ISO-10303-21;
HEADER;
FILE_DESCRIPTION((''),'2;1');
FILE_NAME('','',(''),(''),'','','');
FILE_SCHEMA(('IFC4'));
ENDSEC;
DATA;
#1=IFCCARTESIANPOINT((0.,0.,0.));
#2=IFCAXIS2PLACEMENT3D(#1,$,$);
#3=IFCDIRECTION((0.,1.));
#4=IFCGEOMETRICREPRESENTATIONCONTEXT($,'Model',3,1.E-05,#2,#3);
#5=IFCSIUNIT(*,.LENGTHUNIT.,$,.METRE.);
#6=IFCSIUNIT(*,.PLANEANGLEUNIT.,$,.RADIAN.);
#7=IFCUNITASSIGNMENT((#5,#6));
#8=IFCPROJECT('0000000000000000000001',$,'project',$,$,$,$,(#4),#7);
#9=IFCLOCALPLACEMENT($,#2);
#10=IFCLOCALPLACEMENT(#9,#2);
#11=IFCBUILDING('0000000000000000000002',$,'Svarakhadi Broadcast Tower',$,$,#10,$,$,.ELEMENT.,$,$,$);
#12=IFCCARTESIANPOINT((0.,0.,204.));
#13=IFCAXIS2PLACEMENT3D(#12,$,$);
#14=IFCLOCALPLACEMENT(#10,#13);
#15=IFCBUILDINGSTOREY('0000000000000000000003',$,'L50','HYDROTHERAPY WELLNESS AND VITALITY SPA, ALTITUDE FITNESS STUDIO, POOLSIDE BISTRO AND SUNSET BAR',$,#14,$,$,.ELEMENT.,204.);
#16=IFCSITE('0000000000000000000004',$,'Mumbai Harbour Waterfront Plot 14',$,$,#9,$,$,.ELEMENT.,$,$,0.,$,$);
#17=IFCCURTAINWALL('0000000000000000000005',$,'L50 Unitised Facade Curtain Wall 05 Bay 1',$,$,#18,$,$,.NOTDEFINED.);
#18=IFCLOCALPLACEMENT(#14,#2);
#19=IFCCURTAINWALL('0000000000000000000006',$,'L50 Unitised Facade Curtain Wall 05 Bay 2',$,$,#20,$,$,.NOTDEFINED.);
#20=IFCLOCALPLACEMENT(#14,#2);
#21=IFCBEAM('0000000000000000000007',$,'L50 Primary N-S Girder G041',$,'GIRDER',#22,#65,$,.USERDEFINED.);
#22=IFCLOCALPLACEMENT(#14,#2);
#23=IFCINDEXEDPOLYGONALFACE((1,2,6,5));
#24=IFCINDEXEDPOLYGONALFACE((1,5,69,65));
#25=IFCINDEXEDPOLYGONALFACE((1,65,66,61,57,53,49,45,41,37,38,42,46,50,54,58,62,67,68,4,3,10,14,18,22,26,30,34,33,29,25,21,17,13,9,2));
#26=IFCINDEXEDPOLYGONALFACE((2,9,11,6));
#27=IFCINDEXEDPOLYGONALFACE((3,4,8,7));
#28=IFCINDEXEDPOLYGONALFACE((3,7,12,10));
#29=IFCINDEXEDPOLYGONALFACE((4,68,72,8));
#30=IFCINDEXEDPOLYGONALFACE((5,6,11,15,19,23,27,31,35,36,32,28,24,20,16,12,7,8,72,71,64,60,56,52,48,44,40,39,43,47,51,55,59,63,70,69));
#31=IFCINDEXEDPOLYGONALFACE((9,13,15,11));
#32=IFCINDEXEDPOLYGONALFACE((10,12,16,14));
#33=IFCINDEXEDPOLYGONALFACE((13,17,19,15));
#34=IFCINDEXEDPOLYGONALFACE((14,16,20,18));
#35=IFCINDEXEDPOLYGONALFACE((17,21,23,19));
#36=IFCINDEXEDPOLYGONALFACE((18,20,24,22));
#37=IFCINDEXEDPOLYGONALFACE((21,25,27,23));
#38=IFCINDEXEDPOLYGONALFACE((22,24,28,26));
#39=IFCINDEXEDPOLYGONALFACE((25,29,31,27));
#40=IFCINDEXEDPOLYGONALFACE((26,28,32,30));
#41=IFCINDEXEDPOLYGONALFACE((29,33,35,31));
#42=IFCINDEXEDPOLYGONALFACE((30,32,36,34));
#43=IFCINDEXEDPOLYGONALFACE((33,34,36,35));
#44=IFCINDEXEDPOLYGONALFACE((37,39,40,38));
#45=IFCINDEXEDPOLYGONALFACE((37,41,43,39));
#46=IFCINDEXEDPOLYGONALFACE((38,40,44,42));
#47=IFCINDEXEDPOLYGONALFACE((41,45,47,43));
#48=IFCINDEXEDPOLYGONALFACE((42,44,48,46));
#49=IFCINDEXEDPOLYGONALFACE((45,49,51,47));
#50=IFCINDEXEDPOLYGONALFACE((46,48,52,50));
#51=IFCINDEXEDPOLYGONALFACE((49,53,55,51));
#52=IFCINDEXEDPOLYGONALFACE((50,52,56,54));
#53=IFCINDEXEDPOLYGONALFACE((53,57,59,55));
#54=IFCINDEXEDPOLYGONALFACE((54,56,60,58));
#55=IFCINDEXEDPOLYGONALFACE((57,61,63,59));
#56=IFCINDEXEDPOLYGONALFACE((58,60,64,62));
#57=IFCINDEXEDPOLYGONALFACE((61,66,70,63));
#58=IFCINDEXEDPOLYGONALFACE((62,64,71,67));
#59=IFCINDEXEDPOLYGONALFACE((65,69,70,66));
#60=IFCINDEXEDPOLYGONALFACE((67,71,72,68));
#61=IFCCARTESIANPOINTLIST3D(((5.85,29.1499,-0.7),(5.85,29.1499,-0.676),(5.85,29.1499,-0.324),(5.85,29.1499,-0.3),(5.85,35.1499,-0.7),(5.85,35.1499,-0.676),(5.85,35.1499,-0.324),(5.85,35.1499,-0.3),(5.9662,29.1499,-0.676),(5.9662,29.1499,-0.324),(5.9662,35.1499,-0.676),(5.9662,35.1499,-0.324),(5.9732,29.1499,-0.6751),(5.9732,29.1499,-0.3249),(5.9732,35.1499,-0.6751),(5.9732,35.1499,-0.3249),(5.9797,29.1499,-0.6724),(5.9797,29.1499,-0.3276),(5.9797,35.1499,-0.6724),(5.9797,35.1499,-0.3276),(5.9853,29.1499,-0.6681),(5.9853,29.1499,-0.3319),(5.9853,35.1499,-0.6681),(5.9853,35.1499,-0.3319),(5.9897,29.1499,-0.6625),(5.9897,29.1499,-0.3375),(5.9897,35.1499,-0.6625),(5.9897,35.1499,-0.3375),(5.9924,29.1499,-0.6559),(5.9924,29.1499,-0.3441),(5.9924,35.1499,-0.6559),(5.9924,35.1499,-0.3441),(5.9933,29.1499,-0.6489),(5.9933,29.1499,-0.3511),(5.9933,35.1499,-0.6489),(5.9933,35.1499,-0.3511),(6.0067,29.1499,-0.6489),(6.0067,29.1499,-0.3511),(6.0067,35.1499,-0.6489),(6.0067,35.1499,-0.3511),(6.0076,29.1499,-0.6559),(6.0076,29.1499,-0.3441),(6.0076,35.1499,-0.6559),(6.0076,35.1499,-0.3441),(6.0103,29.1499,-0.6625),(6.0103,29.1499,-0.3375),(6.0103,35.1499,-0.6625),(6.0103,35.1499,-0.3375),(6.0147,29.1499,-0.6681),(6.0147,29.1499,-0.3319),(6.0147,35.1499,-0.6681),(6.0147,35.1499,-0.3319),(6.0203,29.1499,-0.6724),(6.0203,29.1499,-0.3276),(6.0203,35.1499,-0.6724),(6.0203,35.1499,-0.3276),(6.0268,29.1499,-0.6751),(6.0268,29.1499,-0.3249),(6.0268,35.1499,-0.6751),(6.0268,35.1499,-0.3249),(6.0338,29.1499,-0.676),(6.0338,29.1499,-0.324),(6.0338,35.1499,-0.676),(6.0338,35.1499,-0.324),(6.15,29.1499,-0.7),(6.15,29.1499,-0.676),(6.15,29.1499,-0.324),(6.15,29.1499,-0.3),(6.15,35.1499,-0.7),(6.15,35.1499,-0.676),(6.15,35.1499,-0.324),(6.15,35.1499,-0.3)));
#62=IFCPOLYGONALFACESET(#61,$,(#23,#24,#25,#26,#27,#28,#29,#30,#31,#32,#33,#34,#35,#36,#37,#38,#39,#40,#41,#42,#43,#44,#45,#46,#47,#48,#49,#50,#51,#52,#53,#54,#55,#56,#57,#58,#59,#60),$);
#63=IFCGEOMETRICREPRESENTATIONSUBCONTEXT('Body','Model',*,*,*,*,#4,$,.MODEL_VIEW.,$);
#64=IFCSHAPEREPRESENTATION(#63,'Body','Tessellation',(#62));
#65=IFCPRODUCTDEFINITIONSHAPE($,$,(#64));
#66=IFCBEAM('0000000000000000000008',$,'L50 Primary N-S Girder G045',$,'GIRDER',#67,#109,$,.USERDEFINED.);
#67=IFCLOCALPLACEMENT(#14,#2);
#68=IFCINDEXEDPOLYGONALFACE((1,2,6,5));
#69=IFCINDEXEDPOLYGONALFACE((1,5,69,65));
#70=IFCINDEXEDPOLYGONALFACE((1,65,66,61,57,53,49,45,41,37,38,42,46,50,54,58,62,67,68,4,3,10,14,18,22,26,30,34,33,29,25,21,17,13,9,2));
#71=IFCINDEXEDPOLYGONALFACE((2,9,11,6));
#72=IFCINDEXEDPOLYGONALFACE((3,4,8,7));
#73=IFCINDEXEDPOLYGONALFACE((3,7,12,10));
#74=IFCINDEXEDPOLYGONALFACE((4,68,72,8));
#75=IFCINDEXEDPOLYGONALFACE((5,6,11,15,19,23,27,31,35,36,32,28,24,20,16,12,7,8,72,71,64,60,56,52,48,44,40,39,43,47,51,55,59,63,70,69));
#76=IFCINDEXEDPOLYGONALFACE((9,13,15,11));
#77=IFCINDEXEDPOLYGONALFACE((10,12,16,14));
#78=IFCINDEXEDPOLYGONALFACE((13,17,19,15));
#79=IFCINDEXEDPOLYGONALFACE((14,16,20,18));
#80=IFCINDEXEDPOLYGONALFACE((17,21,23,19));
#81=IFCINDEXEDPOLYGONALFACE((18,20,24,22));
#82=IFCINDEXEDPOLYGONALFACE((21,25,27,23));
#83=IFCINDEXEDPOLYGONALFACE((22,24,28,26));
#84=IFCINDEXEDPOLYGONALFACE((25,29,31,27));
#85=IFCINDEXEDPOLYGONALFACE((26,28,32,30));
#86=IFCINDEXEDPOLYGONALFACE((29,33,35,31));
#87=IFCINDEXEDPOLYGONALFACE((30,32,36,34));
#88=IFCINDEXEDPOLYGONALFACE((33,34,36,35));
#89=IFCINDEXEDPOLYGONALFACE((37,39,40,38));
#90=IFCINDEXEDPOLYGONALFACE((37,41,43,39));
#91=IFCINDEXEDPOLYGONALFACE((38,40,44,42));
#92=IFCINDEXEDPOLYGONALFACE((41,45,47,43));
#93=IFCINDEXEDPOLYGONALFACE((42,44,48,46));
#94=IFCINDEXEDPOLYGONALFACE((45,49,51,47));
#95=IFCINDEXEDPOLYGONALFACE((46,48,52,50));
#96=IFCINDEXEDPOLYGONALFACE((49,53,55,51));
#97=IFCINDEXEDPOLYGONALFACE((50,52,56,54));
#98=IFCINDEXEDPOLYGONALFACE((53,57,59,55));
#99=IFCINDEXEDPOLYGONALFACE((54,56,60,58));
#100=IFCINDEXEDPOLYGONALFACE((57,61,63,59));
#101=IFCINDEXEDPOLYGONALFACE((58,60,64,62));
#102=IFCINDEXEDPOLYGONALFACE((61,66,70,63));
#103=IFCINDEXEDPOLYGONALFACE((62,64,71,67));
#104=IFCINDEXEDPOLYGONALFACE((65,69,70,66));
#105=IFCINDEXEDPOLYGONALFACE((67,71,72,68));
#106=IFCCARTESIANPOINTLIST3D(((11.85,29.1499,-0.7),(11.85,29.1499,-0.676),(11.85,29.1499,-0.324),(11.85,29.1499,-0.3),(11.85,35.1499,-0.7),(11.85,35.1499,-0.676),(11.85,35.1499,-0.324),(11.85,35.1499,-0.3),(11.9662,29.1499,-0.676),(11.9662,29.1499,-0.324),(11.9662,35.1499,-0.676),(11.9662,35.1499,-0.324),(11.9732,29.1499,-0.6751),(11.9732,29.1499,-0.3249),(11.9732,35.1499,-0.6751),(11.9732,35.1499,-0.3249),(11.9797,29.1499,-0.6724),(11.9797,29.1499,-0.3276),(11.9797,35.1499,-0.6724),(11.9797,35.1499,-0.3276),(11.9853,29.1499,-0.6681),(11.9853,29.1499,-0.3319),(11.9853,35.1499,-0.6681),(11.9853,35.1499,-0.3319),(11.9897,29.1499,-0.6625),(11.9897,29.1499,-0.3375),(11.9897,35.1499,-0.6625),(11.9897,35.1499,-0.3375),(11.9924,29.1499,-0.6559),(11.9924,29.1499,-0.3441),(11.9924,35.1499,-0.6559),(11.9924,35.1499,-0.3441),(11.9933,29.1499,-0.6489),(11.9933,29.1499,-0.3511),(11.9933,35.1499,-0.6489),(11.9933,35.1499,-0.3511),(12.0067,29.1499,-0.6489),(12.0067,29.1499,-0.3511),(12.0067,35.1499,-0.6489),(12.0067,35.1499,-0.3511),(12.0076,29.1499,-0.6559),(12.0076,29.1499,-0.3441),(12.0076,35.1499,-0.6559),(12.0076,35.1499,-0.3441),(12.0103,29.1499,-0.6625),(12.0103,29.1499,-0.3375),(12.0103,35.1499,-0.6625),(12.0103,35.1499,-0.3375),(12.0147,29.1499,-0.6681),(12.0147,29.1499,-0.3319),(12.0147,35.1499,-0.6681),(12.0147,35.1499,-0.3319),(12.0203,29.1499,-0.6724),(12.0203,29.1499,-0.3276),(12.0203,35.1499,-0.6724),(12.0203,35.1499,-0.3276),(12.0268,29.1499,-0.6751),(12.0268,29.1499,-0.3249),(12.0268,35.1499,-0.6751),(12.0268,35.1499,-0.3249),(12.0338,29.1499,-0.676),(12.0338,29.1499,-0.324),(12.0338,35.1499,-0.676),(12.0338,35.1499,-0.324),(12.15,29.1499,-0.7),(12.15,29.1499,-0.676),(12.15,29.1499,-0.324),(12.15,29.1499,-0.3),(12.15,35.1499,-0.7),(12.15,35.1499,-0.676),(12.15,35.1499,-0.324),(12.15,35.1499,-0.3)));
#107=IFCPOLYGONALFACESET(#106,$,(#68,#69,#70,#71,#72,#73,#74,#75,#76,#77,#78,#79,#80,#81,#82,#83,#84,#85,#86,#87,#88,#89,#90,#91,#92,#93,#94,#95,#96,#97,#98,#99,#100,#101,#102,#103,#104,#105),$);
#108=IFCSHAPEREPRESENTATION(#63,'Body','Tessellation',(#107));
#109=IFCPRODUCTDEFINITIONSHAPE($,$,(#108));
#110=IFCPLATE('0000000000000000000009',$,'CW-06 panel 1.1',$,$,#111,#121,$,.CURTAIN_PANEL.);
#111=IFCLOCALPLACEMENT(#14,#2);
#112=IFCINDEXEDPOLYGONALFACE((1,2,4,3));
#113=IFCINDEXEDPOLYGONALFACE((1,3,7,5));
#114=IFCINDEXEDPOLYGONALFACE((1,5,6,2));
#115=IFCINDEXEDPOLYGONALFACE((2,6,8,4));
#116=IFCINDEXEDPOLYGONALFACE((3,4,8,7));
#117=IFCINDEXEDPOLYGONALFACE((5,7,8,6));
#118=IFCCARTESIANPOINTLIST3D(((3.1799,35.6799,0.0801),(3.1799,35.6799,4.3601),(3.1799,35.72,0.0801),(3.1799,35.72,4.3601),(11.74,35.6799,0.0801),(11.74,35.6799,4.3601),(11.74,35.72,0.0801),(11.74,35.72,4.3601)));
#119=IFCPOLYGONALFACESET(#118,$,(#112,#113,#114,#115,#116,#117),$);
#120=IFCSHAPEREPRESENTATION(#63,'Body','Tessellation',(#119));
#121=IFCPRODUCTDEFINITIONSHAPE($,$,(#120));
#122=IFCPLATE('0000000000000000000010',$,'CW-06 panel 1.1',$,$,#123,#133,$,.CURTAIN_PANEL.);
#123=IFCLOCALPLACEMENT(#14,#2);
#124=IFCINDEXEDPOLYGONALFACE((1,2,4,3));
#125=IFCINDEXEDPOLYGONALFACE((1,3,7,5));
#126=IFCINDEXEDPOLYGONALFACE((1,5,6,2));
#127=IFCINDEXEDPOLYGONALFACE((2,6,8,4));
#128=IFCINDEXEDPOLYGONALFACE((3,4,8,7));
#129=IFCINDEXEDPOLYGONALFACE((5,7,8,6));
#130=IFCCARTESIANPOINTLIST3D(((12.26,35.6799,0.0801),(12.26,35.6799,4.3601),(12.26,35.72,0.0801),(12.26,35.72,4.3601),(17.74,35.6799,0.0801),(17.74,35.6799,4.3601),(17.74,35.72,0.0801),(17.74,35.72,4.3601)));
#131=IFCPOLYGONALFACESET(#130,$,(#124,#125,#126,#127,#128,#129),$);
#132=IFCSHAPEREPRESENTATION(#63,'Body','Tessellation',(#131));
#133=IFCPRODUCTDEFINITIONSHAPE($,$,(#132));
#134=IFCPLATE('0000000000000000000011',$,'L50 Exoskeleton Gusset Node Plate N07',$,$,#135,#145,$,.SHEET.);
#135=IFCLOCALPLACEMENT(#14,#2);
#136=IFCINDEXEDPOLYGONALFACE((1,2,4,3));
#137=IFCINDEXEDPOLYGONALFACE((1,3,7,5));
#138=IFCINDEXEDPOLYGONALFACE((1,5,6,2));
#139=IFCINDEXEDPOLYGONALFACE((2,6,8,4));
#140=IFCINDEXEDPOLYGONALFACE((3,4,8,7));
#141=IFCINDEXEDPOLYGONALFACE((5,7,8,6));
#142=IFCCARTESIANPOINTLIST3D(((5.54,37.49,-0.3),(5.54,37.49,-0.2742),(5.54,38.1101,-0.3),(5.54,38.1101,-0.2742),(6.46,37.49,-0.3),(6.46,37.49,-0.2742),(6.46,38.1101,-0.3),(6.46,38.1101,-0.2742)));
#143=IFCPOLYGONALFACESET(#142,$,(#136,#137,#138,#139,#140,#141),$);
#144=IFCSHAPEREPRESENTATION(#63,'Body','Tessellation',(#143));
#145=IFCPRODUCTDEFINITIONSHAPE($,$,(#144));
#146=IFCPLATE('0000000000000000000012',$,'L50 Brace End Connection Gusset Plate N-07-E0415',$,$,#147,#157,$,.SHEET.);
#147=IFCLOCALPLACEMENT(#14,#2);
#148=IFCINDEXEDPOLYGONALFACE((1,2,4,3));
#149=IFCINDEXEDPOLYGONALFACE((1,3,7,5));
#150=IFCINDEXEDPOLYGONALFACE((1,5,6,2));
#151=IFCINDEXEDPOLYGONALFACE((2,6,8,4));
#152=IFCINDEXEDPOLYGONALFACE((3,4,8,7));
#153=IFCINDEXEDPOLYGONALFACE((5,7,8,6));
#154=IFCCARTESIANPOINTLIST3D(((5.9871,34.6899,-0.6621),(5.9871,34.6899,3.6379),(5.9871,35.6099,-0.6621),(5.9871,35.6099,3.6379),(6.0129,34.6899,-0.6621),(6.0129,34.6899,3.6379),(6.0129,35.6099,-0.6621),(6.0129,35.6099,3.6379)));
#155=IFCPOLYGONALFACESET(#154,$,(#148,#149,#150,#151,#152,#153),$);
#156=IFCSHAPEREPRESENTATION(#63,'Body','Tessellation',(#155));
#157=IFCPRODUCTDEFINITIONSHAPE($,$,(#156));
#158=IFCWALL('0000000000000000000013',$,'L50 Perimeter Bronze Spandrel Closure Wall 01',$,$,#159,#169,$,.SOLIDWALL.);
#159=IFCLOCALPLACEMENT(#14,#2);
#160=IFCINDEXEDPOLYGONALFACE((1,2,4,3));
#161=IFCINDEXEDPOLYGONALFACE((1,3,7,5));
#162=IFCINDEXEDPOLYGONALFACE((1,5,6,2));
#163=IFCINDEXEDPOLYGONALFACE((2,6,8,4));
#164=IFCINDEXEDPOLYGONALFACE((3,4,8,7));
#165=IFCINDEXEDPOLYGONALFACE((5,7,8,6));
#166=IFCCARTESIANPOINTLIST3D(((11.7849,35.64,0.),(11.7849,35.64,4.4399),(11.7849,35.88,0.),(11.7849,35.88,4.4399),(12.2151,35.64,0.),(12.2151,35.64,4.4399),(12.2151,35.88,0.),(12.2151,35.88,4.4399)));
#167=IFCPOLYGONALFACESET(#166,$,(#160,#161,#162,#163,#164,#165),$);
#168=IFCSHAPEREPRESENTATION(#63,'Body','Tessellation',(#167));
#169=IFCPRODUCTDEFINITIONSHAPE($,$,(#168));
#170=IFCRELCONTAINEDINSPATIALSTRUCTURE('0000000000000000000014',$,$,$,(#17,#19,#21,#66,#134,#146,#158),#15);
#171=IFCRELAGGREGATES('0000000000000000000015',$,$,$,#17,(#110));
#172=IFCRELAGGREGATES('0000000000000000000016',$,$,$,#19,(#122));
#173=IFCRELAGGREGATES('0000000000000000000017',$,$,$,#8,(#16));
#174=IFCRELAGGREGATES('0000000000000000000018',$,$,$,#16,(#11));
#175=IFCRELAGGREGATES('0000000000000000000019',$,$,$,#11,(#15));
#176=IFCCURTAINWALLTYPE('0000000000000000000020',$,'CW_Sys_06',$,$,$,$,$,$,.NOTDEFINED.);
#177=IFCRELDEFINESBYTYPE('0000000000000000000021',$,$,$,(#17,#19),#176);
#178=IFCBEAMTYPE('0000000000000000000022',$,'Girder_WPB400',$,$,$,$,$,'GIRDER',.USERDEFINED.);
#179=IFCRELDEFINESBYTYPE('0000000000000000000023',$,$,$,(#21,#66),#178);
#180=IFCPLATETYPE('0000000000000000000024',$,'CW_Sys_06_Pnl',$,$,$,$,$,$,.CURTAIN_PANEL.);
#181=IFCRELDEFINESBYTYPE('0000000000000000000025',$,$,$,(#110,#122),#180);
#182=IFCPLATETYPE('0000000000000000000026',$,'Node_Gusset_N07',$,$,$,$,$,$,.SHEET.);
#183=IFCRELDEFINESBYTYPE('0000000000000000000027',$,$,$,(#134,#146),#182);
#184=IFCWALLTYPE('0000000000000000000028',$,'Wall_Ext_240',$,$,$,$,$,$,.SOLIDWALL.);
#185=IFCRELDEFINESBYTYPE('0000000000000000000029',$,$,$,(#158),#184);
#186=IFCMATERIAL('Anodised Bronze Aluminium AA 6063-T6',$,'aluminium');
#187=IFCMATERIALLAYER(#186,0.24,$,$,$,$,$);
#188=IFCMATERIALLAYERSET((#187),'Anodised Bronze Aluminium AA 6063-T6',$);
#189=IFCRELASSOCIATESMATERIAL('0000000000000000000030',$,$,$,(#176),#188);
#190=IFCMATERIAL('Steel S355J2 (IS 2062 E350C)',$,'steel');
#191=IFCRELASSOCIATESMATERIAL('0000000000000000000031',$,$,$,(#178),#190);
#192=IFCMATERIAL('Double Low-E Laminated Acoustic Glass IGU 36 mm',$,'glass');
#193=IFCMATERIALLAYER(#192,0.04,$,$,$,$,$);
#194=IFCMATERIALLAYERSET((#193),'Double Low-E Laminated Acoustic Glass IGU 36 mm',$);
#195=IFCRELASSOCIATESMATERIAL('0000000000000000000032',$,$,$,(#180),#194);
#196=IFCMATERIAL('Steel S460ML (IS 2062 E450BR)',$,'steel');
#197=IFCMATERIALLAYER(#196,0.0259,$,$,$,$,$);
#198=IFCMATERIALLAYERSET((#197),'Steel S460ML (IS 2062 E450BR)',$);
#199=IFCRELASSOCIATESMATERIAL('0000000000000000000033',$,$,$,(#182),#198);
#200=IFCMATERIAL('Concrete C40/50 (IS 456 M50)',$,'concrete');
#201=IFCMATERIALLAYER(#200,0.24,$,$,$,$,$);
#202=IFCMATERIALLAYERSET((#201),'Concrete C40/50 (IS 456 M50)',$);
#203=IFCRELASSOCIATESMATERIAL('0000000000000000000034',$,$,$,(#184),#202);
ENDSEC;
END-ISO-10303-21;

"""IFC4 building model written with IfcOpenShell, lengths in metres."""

from ifc_helpers import new_model, si_unit, direction, frame, frame_2d, origin, origin_2d, place, context, subcontext, project, spatial, rectangle, i_section, extrude, material, layer, layer_set, material_profile, profile_set, type_object, element, aggregate, save


model = new_model("IFC4")

# Units and contexts
model_context = context("Model", 3, precision=1e-05, world=origin(), true_north=direction((0.0, 1.0)))
body_context = subcontext(model_context, "Body", "Model", "MODEL_VIEW")
ifc_project = project(units=[si_unit("LENGTHUNIT", "METRE"), si_unit("PLANEANGLEUNIT", "RADIAN")], contexts=[model_context])

# Site, building, storey
site_placement = place(None, origin())
site = spatial("IfcSite", under=ifc_project, at=site_placement, Name="Mumbai Harbour Waterfront Plot 14", CompositionType="ELEMENT", RefElevation=0.0)
building_placement = place(site_placement, origin())
building = spatial("IfcBuilding", under=site, at=building_placement, Name="Svarakhadi Broadcast Tower", CompositionType="ELEMENT")
storey_placement = place(building_placement, frame((0.0, 0.0, 204.0)))
storey = spatial("IfcBuildingStorey", under=building, at=storey_placement, Name="L50", Description="HYDROTHERAPY WELLNESS AND VITALITY SPA, ALTITUDE FITNESS STUDIO, POOLSIDE BISTRO AND SUNSET BAR", CompositionType="ELEMENT", Elevation=204.0)

# Shared definitions
ifc_material_1 = material(Name="Steel S460ML (IS 2062 E450BR)", Category="steel")

# Shared definitions
ifc_material_2 = material(Name="Steel S355J2 (IS 2062 E350C)", Category="steel")

# Curtain wall
ifc_material_3 = material(Name="Anodised Bronze Aluminium AA 6063-T6", Category="aluminium")
ifc_layer_1 = layer(ifc_material_3, 0.24)
ifc_layer_set_1 = layer_set([ifc_layer_1], Name="Anodised Bronze Aluminium AA 6063-T6")
curtain_wall_type = type_object("IfcCurtainWallType", Name="CW_Sys_06", PredefinedType="NOTDEFINED", material=ifc_layer_set_1)
curtain_wall_1_placement = place(storey_placement, origin())
curtain_wall_1 = element("IfcCurtainWall", 1, at=curtain_wall_1_placement, inside=storey, type_object=curtain_wall_type, Name="L50 Unitised Facade Curtain Wall 05 Bay 1", PredefinedType="NOTDEFINED")

# Curtain wall
curtain_wall_2_placement = place(storey_placement, origin())
curtain_wall_2 = element("IfcCurtainWall", 2, at=curtain_wall_2_placement, inside=storey, type_object=curtain_wall_type, Name="L50 Unitised Facade Curtain Wall 05 Bay 2", PredefinedType="NOTDEFINED")

# Beams
ifc_material_profile_1 = material_profile(ifc_material_2, i_section(OverallWidth=0.3, OverallDepth=0.3999, WebThickness=0.0134, FlangeThickness=0.0239, FilletRadius=0.0271, at=origin_2d()), Name="WPB 400x300x155")
ifc_profile_set_1 = profile_set([ifc_material_profile_1], Name="Steel S355J2 (IS 2062 E350C)")
beam_type_1 = type_object("IfcBeamType", Name="Girder_WPB400", ElementType="GIRDER", PredefinedType="USERDEFINED", material=ifc_profile_set_1)
for number, where, z_axis, x_axis, name in (
    (3, (6.0, 29.1499, -0.5), (0.0, 1.0, 0.0), (-1.0, 0.0, 0.0), "L50 Primary N-S Girder G041"),
    (4, (12.0, 29.1499, -0.5), (0.0, 1.0, 0.0), (-1.0, 0.0, 0.0), "L50 Primary N-S Girder G045"),
):
    element("IfcBeam", number, at=place(storey_placement, frame(where, z_axis=z_axis, x_axis=x_axis)), inside=storey, type_object=beam_type_1, Name=name, ObjectType="GIRDER", PredefinedType="USERDEFINED", context=body_context, shape_type="SweptSolid", body=[
        extrude(i_section(OverallWidth=0.3, OverallDepth=0.3999, WebThickness=0.0134, FlangeThickness=0.0239, FilletRadius=0.0271, at=origin_2d()), origin(), (0.0, 0.0, 1.0), 6.0),
    ])

# Plates
ifc_material_4 = material(Name="Double Low-E Laminated Acoustic Glass IGU 36 mm", Category="glass")
ifc_layer_2 = layer(ifc_material_4, 0.04)
ifc_layer_set_2 = layer_set([ifc_layer_2], Name="Double Low-E Laminated Acoustic Glass IGU 36 mm")
plate_type_1 = type_object("IfcPlateType", Name="CW_Sys_06_Pnl", PredefinedType="CURTAIN_PANEL", material=ifc_layer_set_2)
plate_1_placement = place(storey_placement, frame((7.46, 35.7, 0.0801), z_axis=(0.0, 0.0, 1.0), x_axis=(1.0, 0.0, 0.0)))
plate_1 = element("IfcPlate", 5, at=plate_1_placement, type_object=plate_type_1, Name="CW-06 panel 1.1", PredefinedType="CURTAIN_PANEL", context=body_context, shape_type="SweptSolid", body=[
    extrude(rectangle(XDim=8.5601, YDim=0.04, at=origin_2d()), origin(), (0.0, 0.0, 1.0), 4.28),
])
aggregate(curtain_wall_1, [plate_1])
plate_2_placement = place(storey_placement, frame((15.0, 35.7, 0.0801), z_axis=(0.0, 0.0, 1.0), x_axis=(1.0, 0.0, 0.0)))
plate_2 = element("IfcPlate", 6, at=plate_2_placement, type_object=plate_type_1, Name="CW-06 panel 1.1", PredefinedType="CURTAIN_PANEL", context=body_context, shape_type="SweptSolid", body=[
    extrude(rectangle(XDim=5.48, YDim=0.04, at=origin_2d()), origin(), (0.0, 0.0, 1.0), 4.28),
])
aggregate(curtain_wall_2, [plate_2])

# Plates
ifc_layer_3 = layer(ifc_material_1, 0.0259)
ifc_layer_set_3 = layer_set([ifc_layer_3], Name="Steel S460ML (IS 2062 E450BR)")
plate_type_2 = type_object("IfcPlateType", Name="Node_Gusset_N07", PredefinedType="SHEET", material=ifc_layer_set_3)
plate_3_placement = place(storey_placement, frame((6.0, 37.8, -0.3), z_axis=(0.0, 0.0, 1.0), x_axis=(1.0, 0.0, 0.0)))
element("IfcPlate", 7, at=plate_3_placement, inside=storey, type_object=plate_type_2, Name="L50 Exoskeleton Gusset Node Plate N07", PredefinedType="SHEET", context=body_context, shape_type="SweptSolid", body=[
    extrude(rectangle(XDim=0.9199, YDim=0.6201, at=origin_2d()), origin(), (0.0, 0.0, 1.0), 0.0259),
])
plate_4_placement = place(storey_placement, frame((6.0, 35.1499, -0.6621), z_axis=(0.0, 0.0, 1.0), x_axis=(0.0, 1.0, 0.0)))
element("IfcPlate", 8, at=plate_4_placement, inside=storey, type_object=plate_type_2, Name="L50 Brace End Connection Gusset Plate N-07-E0415", PredefinedType="SHEET", context=body_context, shape_type="SweptSolid", body=[
    extrude(rectangle(XDim=0.9199, YDim=0.0259, at=origin_2d()), origin(), (0.0, 0.0, 1.0), 4.3),
])

# Wall
ifc_material_5 = material(Name="Concrete C40/50 (IS 456 M50)", Category="concrete")
ifc_layer_4 = layer(ifc_material_5, 0.24)
ifc_layer_set_4 = layer_set([ifc_layer_4], Name="Concrete C40/50 (IS 456 M50)")
wall_type = type_object("IfcWallType", Name="Wall_Ext_240", PredefinedType="SOLIDWALL", material=ifc_layer_set_4)
wall_placement = place(storey_placement, frame((11.7849, 35.76, 0.0), z_axis=(0.0, 0.0, 1.0), x_axis=(1.0, 0.0, 0.0)))
element("IfcWall", 9, at=wall_placement, inside=storey, type_object=wall_type, Name="L50 Perimeter Bronze Spandrel Closure Wall 01", PredefinedType="SOLIDWALL", context=body_context, shape_type="SweptSolid", body=[
    extrude(rectangle(XDim=0.4302, YDim=0.24, at=frame_2d((0.2151, 0.0))), origin(), (0.0, 0.0, 1.0), 4.4399),
])

save(model, "model.ifc")
